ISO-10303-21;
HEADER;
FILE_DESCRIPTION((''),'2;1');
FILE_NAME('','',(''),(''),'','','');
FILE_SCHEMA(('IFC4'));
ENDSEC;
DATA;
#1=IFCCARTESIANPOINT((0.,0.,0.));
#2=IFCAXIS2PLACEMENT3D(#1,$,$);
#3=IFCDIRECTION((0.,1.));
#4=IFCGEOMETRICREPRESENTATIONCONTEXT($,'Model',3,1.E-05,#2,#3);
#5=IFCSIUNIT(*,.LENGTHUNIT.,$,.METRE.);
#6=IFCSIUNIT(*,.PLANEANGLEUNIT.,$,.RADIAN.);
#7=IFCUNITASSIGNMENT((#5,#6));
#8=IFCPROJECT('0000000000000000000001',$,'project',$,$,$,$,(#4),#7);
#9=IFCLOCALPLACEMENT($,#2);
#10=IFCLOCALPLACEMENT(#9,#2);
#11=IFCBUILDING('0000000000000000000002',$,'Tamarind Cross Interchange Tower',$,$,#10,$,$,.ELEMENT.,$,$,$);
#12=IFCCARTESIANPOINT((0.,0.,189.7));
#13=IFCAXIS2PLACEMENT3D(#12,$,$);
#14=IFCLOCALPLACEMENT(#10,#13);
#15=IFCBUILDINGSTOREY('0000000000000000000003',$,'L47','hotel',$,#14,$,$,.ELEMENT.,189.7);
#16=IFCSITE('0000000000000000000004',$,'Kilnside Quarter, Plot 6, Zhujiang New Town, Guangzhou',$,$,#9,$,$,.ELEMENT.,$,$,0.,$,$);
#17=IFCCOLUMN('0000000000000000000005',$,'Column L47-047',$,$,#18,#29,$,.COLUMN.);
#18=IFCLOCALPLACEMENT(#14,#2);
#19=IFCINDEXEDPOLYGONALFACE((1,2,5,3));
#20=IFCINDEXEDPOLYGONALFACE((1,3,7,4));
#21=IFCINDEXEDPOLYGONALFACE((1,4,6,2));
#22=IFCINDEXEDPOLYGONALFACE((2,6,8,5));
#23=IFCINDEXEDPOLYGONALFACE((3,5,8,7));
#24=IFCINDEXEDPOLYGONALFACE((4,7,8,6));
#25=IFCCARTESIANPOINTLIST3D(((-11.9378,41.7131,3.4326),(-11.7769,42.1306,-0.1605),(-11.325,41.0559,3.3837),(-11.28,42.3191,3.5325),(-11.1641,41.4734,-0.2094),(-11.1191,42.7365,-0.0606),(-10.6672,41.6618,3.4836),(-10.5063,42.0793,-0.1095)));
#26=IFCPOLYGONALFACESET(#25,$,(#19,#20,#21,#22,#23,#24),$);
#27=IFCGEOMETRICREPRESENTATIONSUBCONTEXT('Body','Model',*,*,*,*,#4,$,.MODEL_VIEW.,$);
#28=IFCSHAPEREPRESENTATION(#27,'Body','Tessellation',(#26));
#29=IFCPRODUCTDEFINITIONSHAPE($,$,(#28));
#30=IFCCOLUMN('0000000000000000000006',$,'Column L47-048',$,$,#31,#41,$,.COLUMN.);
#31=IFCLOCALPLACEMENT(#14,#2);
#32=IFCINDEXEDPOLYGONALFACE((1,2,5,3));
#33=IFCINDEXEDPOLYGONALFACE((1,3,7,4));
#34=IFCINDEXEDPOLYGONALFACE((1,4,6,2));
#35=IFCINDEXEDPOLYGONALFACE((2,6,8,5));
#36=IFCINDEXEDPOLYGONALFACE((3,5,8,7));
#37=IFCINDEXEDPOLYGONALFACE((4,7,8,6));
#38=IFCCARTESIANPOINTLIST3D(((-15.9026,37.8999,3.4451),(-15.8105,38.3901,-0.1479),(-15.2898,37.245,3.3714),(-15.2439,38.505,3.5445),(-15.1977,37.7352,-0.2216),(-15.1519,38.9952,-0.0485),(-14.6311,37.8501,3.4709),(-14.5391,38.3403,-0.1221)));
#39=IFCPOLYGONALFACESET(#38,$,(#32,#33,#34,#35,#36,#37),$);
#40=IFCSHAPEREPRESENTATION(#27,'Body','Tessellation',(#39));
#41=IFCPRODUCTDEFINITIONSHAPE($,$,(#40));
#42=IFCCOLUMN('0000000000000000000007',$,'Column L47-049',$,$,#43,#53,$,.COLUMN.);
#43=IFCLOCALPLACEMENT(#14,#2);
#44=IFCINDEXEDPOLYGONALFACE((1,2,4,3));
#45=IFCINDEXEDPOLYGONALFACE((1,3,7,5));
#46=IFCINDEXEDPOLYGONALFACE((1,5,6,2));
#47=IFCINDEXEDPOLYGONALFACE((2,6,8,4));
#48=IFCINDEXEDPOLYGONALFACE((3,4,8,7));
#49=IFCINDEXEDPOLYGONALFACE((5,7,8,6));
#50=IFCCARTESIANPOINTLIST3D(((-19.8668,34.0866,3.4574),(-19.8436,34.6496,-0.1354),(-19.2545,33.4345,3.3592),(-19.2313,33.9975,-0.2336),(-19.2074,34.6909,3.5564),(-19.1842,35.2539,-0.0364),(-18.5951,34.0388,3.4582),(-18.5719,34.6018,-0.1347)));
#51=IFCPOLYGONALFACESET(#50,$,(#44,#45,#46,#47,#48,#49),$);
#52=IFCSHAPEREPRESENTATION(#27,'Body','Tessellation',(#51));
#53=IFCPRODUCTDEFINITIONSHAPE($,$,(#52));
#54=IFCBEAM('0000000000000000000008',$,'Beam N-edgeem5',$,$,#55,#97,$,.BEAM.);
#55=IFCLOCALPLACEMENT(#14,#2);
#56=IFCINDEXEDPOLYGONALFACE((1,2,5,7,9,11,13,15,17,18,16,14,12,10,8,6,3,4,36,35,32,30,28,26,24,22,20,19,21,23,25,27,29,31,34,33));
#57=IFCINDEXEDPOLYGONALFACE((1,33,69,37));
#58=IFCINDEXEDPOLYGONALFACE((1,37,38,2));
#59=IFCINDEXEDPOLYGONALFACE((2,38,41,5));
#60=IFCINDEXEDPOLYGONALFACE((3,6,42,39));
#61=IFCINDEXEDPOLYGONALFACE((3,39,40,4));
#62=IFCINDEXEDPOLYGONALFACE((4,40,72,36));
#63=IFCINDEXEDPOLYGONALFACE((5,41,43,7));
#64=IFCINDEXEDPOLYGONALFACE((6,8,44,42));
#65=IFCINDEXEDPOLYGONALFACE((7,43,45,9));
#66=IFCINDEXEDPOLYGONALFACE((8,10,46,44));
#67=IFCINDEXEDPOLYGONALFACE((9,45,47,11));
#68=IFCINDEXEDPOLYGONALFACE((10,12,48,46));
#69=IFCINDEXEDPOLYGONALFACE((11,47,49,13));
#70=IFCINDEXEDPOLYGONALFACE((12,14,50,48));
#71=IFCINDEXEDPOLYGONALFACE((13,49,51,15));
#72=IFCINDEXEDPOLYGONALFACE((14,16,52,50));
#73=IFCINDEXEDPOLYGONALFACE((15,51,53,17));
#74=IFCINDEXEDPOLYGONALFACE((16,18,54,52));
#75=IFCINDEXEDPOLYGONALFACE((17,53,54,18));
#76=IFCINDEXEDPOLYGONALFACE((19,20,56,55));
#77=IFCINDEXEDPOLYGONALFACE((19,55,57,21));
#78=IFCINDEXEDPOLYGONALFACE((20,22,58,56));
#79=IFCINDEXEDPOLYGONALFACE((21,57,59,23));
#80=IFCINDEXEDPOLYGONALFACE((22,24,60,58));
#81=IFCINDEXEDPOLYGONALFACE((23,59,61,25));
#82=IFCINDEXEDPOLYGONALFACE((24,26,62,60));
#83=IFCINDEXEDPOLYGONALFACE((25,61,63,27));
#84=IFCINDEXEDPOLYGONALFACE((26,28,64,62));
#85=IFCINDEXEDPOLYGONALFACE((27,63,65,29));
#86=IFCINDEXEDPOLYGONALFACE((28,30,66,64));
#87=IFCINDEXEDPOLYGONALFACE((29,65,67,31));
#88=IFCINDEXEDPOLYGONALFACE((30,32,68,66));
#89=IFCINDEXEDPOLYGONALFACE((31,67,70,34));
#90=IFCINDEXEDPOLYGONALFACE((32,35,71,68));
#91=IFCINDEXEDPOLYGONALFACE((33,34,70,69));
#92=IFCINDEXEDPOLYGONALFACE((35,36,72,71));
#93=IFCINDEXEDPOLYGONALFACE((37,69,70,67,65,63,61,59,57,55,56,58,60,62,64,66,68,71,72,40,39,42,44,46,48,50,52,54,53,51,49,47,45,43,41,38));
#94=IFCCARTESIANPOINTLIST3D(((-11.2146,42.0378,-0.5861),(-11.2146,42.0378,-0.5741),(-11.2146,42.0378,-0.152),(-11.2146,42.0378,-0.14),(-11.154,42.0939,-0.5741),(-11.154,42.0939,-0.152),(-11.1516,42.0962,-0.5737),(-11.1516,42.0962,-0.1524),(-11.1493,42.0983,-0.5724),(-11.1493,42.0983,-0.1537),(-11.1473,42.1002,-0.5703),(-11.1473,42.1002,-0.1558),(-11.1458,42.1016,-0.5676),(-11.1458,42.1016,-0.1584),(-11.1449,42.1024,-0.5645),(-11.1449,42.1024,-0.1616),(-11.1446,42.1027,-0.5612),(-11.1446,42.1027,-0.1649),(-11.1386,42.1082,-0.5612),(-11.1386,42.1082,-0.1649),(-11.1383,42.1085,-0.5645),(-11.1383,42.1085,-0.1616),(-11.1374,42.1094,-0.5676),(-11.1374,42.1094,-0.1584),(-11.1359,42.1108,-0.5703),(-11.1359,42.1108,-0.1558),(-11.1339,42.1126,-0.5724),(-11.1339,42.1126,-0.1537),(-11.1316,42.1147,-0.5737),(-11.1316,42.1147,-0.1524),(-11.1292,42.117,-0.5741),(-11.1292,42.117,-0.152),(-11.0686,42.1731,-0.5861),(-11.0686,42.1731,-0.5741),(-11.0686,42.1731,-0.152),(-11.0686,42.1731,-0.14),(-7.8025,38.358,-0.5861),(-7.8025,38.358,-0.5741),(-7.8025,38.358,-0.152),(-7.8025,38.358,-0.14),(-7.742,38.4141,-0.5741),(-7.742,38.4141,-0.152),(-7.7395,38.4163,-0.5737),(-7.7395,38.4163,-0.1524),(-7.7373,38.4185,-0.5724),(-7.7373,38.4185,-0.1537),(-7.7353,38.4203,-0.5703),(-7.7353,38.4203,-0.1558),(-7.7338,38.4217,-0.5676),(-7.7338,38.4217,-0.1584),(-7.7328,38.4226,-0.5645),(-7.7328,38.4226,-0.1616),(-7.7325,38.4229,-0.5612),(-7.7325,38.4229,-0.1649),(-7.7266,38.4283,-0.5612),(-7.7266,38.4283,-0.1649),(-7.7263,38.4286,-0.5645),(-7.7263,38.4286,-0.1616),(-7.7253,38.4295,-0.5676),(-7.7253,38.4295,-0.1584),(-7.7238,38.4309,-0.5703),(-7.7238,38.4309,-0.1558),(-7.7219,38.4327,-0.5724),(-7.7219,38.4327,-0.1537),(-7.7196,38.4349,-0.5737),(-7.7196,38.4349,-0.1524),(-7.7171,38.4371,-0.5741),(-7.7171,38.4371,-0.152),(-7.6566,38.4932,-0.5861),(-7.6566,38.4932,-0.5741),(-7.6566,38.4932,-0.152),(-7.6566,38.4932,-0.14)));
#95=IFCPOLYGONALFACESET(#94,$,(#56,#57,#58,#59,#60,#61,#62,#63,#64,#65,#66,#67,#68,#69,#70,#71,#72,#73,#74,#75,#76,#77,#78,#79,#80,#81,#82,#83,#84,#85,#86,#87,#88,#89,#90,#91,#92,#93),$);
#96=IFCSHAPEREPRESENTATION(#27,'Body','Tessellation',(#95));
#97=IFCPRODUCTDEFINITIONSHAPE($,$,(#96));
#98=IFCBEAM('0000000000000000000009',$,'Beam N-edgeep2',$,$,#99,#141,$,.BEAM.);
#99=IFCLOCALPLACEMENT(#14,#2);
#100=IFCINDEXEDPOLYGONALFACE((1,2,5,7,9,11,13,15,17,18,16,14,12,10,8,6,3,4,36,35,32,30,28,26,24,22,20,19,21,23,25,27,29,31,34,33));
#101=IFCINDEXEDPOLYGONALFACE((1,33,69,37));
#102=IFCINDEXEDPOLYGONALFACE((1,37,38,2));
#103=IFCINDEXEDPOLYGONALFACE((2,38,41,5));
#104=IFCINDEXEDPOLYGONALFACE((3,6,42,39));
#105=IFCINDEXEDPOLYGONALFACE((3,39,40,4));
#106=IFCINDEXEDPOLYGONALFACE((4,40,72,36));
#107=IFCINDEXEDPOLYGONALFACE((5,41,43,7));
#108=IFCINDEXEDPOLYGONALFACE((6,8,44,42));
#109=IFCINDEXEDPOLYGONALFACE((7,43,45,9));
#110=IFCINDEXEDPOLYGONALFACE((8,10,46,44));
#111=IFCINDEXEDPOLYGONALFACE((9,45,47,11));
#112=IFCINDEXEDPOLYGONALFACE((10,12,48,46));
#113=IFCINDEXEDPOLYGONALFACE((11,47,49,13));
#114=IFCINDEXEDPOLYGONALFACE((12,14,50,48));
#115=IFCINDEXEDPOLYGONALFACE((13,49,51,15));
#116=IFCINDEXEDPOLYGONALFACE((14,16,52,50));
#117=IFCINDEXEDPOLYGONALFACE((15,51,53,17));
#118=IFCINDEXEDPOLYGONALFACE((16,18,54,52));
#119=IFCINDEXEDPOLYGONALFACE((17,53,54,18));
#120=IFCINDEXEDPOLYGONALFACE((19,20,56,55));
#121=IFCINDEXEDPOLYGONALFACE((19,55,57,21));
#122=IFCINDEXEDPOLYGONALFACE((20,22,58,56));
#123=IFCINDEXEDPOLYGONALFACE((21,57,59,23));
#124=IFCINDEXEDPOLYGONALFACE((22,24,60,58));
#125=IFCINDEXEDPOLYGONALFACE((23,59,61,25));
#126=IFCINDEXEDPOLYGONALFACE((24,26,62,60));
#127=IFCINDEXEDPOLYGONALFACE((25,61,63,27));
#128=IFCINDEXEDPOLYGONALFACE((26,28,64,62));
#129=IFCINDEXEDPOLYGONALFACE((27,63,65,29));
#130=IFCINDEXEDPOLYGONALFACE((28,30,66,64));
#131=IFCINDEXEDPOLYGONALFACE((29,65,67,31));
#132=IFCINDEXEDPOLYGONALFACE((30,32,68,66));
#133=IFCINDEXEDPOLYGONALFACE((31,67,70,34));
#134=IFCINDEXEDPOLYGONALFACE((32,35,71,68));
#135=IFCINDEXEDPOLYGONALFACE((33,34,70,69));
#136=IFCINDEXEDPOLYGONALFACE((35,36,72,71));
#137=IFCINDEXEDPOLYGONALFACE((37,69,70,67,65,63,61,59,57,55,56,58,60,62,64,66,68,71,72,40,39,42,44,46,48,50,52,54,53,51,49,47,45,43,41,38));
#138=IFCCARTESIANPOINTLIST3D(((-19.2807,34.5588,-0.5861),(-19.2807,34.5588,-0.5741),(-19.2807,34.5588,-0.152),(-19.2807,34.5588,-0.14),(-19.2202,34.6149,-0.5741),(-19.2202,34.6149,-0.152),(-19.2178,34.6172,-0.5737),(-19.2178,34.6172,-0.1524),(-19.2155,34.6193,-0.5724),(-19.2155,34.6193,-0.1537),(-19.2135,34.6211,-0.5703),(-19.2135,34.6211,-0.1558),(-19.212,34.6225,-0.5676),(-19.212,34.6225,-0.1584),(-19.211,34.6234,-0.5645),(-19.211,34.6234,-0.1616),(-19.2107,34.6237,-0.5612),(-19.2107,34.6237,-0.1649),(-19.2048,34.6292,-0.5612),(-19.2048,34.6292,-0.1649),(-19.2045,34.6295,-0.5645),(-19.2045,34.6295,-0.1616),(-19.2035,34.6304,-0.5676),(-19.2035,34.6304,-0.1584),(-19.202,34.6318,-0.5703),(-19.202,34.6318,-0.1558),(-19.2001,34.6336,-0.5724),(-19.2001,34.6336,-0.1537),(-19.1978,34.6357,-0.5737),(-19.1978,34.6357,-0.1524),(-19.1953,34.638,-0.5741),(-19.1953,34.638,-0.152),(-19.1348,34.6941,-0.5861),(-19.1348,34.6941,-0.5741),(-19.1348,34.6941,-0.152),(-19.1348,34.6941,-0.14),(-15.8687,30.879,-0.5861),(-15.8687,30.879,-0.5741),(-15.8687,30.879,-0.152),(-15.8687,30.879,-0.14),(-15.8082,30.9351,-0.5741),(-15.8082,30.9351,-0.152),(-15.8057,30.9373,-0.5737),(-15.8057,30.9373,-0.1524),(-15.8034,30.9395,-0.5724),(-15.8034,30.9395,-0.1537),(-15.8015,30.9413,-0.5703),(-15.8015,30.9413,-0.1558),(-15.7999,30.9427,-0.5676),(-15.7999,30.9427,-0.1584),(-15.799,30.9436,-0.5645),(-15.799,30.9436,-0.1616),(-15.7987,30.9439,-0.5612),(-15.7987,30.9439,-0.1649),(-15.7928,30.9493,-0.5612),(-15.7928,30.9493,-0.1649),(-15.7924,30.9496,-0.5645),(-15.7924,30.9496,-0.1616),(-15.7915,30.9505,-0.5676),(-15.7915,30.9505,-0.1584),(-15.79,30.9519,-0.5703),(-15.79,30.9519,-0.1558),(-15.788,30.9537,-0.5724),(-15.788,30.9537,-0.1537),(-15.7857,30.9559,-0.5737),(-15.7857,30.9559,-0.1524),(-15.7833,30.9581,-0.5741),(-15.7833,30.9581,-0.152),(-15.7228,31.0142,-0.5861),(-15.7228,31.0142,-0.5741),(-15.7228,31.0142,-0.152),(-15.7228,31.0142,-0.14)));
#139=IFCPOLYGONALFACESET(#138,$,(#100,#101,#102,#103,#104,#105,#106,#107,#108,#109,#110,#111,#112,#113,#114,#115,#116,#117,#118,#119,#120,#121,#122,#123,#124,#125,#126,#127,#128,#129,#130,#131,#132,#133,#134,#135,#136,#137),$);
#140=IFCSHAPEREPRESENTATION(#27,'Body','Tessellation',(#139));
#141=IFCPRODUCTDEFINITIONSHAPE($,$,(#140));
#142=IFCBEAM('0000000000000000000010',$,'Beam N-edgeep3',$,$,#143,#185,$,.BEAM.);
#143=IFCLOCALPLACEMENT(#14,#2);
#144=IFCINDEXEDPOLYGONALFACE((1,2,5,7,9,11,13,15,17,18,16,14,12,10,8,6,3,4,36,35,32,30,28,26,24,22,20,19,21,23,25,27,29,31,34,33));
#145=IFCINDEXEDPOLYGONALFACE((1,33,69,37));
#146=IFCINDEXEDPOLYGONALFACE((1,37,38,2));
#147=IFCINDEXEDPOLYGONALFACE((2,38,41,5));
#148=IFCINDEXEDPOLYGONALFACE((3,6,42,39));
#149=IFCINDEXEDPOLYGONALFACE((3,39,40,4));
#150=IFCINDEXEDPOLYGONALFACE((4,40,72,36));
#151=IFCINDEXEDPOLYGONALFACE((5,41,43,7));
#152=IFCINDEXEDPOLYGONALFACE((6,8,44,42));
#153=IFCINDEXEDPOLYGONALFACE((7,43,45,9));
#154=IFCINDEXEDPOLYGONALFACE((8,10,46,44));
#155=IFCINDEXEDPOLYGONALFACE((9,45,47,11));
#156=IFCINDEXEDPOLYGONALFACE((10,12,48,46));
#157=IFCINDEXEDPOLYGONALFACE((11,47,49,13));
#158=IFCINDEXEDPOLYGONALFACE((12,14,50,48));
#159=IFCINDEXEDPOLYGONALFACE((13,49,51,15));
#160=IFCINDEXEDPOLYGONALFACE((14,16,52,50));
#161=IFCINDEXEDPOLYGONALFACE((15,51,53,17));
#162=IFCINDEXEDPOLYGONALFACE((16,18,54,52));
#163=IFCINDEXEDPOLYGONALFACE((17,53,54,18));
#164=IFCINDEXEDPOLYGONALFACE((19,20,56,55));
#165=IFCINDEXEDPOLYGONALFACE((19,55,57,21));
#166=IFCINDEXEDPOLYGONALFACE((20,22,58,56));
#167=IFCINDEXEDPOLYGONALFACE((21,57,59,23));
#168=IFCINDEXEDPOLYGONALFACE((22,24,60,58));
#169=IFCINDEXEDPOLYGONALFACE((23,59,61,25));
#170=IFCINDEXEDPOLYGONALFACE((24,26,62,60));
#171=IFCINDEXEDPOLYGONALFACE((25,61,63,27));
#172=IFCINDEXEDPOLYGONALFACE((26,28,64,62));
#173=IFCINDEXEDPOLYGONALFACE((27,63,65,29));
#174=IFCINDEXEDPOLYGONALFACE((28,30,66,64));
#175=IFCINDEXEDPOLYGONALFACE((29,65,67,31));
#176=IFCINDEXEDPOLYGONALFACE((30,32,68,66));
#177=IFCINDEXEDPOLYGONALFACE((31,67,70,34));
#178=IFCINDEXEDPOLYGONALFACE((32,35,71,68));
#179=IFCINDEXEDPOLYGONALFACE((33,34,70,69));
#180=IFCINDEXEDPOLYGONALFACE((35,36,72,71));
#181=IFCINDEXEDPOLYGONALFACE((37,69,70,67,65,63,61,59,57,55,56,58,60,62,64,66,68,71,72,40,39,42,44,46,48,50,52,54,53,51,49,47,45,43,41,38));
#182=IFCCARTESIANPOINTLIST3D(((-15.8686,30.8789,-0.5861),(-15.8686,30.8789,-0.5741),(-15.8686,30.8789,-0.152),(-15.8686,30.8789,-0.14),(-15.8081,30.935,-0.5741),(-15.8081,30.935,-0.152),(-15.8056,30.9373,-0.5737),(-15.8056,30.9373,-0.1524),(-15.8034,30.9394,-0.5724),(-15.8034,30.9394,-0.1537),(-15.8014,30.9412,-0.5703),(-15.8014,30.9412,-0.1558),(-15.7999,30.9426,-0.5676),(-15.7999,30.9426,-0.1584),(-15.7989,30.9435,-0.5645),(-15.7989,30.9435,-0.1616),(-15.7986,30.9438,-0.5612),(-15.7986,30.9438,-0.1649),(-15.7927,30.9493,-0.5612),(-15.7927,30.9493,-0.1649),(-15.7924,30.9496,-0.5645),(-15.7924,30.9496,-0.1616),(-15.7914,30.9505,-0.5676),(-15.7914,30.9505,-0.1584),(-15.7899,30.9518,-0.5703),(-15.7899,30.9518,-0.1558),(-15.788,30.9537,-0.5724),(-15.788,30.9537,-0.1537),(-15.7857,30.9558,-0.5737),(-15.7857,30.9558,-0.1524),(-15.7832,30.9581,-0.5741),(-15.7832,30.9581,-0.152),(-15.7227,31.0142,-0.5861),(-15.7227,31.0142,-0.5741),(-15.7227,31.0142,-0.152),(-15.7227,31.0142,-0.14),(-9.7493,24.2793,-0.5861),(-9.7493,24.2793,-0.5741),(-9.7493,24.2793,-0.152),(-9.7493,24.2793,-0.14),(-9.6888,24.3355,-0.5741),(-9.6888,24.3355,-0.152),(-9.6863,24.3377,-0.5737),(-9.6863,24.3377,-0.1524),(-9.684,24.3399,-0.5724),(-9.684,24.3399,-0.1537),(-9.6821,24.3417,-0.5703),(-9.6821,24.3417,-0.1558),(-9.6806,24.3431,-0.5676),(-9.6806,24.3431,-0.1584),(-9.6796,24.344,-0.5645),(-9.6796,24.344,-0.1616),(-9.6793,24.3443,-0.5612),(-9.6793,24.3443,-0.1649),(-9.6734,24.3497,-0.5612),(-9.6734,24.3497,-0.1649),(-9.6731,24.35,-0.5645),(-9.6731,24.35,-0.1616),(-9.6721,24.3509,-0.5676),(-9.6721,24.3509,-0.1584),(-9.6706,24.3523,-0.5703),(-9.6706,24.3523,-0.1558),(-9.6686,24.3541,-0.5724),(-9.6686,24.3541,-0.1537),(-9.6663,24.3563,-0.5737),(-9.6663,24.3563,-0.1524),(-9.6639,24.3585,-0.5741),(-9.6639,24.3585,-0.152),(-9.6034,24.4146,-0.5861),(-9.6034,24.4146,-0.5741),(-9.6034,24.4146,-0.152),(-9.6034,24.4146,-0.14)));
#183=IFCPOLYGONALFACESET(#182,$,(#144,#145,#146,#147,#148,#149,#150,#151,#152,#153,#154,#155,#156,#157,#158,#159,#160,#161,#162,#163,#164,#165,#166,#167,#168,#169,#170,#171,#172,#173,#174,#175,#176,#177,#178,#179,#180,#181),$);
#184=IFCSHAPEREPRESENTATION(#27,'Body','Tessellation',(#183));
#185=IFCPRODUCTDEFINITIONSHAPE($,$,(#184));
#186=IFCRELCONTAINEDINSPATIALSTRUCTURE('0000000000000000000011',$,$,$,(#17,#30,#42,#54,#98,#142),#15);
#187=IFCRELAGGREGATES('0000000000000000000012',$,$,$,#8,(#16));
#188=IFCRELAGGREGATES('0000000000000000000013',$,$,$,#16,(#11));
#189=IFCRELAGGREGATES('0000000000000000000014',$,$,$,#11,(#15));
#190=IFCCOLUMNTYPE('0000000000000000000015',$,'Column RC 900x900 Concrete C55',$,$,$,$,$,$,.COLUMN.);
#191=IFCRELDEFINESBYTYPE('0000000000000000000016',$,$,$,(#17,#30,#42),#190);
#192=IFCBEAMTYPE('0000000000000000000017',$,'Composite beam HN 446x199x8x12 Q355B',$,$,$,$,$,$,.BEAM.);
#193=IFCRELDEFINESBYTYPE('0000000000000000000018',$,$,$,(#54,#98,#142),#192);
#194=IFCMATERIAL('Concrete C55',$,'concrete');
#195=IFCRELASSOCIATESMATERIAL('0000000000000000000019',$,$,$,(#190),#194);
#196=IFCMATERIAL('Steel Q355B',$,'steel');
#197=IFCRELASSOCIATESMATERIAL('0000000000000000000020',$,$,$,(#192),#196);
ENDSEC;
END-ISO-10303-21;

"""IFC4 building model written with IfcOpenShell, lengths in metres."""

from ifc_helpers import new_model, si_unit, direction, frame, origin, origin_2d, place, context, subcontext, project, spatial, rectangle, i_section, extrude, material, material_profile, profile_set, type_object, element, save


model = new_model("IFC4")

# Units and contexts
model_context = context("Model", 3, precision=1e-05, world=origin(), true_north=direction((0.0, 1.0)))
body_context = subcontext(model_context, "Body", "Model", "MODEL_VIEW")
ifc_project = project(units=[si_unit("LENGTHUNIT", "METRE"), si_unit("PLANEANGLEUNIT", "RADIAN")], contexts=[model_context])

# Site, building, storey
site_placement = place(None, origin())
site = spatial("IfcSite", under=ifc_project, at=site_placement, Name="Kilnside Quarter, Plot 6, Zhujiang New Town, Guangzhou", CompositionType="ELEMENT", RefElevation=0.0)
building_placement = place(site_placement, origin())
building = spatial("IfcBuilding", under=site, at=building_placement, Name="Tamarind Cross Interchange Tower", CompositionType="ELEMENT")
storey_placement = place(building_placement, frame((0.0, 0.0, 189.7)))
storey = spatial("IfcBuildingStorey", under=building, at=storey_placement, Name="L47", Description="hotel", CompositionType="ELEMENT", Elevation=189.7)

# Columns
ifc_material_1 = material(Name="Concrete C55", Category="concrete")
ifc_material_profile_1 = material_profile(ifc_material_1, rectangle(XDim=0.8999, YDim=0.8999, at=origin_2d()), Name="RC 900x900")
ifc_profile_set_1 = profile_set([ifc_material_profile_1], Name="Concrete C55")
column_type = type_object("IfcColumnType", Name="Column RC 900x900 Concrete C55", PredefinedType="COLUMN", material=ifc_profile_set_1)
column_1_placement = place(storey_placement, frame((-11.1416, 42.105, -0.135), z_axis=(-0.044435, -0.115302, 0.992336), x_axis=(0.730978, 0.673318, 0.110966)))
element("IfcColumn", 1, at=column_1_placement, inside=storey, type_object=column_type, Name="Column L47-047", PredefinedType="COLUMN", context=body_context, shape_type="SweptSolid", body=[
    extrude(rectangle(XDim=0.8999, YDim=0.8999, at=origin_2d()), origin(), (0.0, 0.0, 1.0), 3.6208),
])
column_2_placement = place(storey_placement, frame((-15.1748, 38.3652, -0.135), z_axis=(-0.025373, -0.135145, 0.990501), x_axis=(0.731879, 0.672416, 0.110493)))
element("IfcColumn", 2, at=column_2_placement, inside=storey, type_object=column_type, Name="Column L47-048", PredefinedType="COLUMN", context=body_context, shape_type="SweptSolid", body=[
    extrude(rectangle(XDim=0.8999, YDim=0.8999, at=origin_2d()), origin(), (0.0, 0.0, 1.0), 3.6274),
])
column_3_placement = place(storey_placement, frame((-19.2078, 34.6257, -0.135), z_axis=(-0.006378, -0.154808, 0.987924), x_axis=(0.732786, 0.671517, 0.109957)))
element("IfcColumn", 3, at=column_3_placement, inside=storey, type_object=column_type, Name="Column L47-049", PredefinedType="COLUMN", context=body_context, shape_type="SweptSolid", body=[
    extrude(rectangle(XDim=0.8999, YDim=0.8999, at=origin_2d()), origin(), (0.0, 0.0, 1.0), 3.6367),
])

# Beams
ifc_material_2 = material(Name="Steel Q355B", Category="steel")
ifc_material_profile_2 = material_profile(ifc_material_2, i_section(OverallWidth=0.199, OverallDepth=0.446, WebThickness=0.0081, FlangeThickness=0.012, FilletRadius=0.0129, at=origin_2d()), Name="HN 446x199x8x12")
ifc_profile_set_2 = profile_set([ifc_material_profile_2], Name="Steel Q355B")
beam_type_1 = type_object("IfcBeamType", Name="Composite beam HN 446x199x8x12 Q355B", PredefinedType="BEAM", material=ifc_profile_set_2)
for number, where, z_axis, x_axis, name in (
    (4, (-11.1416, 42.1055, -0.363), (0.679919, -0.733287, 0.0), (0.733287, 0.679919, 0.0), "Beam N-edgeem5"),
    (5, (-19.2078, 34.6265, -0.363), (0.679919, -0.733287, 0.0), (0.733287, 0.679919, 0.0), "Beam N-edgeep2"),
):
    element("IfcBeam", number, at=place(storey_placement, frame(where, z_axis=z_axis, x_axis=x_axis)), inside=storey, type_object=beam_type_1, Name=name, PredefinedType="BEAM", context=body_context, shape_type="SweptSolid", body=[
        extrude(i_section(OverallWidth=0.199, OverallDepth=0.446, WebThickness=0.0081, FlangeThickness=0.012, FilletRadius=0.0129, at=origin_2d()), origin(), (0.0, 0.0, 1.0), 5.0183),
    ])
beam_1_placement = place(storey_placement, frame((-15.7957, 30.9465, -0.363), z_axis=(0.679924, -0.733282, 0.0), x_axis=(0.733282, 0.679924, 0.0)))
element("IfcBeam", 6, at=beam_1_placement, inside=storey, type_object=beam_type_1, Name="Beam N-edgeep3", PredefinedType="BEAM", context=body_context, shape_type="SweptSolid", body=[
    extrude(i_section(OverallWidth=0.199, OverallDepth=0.446, WebThickness=0.0081, FlangeThickness=0.012, FilletRadius=0.0129, at=origin_2d()), origin(), (0.0, 0.0, 1.0), 9.0),
])

save(model, "model.ifc")
